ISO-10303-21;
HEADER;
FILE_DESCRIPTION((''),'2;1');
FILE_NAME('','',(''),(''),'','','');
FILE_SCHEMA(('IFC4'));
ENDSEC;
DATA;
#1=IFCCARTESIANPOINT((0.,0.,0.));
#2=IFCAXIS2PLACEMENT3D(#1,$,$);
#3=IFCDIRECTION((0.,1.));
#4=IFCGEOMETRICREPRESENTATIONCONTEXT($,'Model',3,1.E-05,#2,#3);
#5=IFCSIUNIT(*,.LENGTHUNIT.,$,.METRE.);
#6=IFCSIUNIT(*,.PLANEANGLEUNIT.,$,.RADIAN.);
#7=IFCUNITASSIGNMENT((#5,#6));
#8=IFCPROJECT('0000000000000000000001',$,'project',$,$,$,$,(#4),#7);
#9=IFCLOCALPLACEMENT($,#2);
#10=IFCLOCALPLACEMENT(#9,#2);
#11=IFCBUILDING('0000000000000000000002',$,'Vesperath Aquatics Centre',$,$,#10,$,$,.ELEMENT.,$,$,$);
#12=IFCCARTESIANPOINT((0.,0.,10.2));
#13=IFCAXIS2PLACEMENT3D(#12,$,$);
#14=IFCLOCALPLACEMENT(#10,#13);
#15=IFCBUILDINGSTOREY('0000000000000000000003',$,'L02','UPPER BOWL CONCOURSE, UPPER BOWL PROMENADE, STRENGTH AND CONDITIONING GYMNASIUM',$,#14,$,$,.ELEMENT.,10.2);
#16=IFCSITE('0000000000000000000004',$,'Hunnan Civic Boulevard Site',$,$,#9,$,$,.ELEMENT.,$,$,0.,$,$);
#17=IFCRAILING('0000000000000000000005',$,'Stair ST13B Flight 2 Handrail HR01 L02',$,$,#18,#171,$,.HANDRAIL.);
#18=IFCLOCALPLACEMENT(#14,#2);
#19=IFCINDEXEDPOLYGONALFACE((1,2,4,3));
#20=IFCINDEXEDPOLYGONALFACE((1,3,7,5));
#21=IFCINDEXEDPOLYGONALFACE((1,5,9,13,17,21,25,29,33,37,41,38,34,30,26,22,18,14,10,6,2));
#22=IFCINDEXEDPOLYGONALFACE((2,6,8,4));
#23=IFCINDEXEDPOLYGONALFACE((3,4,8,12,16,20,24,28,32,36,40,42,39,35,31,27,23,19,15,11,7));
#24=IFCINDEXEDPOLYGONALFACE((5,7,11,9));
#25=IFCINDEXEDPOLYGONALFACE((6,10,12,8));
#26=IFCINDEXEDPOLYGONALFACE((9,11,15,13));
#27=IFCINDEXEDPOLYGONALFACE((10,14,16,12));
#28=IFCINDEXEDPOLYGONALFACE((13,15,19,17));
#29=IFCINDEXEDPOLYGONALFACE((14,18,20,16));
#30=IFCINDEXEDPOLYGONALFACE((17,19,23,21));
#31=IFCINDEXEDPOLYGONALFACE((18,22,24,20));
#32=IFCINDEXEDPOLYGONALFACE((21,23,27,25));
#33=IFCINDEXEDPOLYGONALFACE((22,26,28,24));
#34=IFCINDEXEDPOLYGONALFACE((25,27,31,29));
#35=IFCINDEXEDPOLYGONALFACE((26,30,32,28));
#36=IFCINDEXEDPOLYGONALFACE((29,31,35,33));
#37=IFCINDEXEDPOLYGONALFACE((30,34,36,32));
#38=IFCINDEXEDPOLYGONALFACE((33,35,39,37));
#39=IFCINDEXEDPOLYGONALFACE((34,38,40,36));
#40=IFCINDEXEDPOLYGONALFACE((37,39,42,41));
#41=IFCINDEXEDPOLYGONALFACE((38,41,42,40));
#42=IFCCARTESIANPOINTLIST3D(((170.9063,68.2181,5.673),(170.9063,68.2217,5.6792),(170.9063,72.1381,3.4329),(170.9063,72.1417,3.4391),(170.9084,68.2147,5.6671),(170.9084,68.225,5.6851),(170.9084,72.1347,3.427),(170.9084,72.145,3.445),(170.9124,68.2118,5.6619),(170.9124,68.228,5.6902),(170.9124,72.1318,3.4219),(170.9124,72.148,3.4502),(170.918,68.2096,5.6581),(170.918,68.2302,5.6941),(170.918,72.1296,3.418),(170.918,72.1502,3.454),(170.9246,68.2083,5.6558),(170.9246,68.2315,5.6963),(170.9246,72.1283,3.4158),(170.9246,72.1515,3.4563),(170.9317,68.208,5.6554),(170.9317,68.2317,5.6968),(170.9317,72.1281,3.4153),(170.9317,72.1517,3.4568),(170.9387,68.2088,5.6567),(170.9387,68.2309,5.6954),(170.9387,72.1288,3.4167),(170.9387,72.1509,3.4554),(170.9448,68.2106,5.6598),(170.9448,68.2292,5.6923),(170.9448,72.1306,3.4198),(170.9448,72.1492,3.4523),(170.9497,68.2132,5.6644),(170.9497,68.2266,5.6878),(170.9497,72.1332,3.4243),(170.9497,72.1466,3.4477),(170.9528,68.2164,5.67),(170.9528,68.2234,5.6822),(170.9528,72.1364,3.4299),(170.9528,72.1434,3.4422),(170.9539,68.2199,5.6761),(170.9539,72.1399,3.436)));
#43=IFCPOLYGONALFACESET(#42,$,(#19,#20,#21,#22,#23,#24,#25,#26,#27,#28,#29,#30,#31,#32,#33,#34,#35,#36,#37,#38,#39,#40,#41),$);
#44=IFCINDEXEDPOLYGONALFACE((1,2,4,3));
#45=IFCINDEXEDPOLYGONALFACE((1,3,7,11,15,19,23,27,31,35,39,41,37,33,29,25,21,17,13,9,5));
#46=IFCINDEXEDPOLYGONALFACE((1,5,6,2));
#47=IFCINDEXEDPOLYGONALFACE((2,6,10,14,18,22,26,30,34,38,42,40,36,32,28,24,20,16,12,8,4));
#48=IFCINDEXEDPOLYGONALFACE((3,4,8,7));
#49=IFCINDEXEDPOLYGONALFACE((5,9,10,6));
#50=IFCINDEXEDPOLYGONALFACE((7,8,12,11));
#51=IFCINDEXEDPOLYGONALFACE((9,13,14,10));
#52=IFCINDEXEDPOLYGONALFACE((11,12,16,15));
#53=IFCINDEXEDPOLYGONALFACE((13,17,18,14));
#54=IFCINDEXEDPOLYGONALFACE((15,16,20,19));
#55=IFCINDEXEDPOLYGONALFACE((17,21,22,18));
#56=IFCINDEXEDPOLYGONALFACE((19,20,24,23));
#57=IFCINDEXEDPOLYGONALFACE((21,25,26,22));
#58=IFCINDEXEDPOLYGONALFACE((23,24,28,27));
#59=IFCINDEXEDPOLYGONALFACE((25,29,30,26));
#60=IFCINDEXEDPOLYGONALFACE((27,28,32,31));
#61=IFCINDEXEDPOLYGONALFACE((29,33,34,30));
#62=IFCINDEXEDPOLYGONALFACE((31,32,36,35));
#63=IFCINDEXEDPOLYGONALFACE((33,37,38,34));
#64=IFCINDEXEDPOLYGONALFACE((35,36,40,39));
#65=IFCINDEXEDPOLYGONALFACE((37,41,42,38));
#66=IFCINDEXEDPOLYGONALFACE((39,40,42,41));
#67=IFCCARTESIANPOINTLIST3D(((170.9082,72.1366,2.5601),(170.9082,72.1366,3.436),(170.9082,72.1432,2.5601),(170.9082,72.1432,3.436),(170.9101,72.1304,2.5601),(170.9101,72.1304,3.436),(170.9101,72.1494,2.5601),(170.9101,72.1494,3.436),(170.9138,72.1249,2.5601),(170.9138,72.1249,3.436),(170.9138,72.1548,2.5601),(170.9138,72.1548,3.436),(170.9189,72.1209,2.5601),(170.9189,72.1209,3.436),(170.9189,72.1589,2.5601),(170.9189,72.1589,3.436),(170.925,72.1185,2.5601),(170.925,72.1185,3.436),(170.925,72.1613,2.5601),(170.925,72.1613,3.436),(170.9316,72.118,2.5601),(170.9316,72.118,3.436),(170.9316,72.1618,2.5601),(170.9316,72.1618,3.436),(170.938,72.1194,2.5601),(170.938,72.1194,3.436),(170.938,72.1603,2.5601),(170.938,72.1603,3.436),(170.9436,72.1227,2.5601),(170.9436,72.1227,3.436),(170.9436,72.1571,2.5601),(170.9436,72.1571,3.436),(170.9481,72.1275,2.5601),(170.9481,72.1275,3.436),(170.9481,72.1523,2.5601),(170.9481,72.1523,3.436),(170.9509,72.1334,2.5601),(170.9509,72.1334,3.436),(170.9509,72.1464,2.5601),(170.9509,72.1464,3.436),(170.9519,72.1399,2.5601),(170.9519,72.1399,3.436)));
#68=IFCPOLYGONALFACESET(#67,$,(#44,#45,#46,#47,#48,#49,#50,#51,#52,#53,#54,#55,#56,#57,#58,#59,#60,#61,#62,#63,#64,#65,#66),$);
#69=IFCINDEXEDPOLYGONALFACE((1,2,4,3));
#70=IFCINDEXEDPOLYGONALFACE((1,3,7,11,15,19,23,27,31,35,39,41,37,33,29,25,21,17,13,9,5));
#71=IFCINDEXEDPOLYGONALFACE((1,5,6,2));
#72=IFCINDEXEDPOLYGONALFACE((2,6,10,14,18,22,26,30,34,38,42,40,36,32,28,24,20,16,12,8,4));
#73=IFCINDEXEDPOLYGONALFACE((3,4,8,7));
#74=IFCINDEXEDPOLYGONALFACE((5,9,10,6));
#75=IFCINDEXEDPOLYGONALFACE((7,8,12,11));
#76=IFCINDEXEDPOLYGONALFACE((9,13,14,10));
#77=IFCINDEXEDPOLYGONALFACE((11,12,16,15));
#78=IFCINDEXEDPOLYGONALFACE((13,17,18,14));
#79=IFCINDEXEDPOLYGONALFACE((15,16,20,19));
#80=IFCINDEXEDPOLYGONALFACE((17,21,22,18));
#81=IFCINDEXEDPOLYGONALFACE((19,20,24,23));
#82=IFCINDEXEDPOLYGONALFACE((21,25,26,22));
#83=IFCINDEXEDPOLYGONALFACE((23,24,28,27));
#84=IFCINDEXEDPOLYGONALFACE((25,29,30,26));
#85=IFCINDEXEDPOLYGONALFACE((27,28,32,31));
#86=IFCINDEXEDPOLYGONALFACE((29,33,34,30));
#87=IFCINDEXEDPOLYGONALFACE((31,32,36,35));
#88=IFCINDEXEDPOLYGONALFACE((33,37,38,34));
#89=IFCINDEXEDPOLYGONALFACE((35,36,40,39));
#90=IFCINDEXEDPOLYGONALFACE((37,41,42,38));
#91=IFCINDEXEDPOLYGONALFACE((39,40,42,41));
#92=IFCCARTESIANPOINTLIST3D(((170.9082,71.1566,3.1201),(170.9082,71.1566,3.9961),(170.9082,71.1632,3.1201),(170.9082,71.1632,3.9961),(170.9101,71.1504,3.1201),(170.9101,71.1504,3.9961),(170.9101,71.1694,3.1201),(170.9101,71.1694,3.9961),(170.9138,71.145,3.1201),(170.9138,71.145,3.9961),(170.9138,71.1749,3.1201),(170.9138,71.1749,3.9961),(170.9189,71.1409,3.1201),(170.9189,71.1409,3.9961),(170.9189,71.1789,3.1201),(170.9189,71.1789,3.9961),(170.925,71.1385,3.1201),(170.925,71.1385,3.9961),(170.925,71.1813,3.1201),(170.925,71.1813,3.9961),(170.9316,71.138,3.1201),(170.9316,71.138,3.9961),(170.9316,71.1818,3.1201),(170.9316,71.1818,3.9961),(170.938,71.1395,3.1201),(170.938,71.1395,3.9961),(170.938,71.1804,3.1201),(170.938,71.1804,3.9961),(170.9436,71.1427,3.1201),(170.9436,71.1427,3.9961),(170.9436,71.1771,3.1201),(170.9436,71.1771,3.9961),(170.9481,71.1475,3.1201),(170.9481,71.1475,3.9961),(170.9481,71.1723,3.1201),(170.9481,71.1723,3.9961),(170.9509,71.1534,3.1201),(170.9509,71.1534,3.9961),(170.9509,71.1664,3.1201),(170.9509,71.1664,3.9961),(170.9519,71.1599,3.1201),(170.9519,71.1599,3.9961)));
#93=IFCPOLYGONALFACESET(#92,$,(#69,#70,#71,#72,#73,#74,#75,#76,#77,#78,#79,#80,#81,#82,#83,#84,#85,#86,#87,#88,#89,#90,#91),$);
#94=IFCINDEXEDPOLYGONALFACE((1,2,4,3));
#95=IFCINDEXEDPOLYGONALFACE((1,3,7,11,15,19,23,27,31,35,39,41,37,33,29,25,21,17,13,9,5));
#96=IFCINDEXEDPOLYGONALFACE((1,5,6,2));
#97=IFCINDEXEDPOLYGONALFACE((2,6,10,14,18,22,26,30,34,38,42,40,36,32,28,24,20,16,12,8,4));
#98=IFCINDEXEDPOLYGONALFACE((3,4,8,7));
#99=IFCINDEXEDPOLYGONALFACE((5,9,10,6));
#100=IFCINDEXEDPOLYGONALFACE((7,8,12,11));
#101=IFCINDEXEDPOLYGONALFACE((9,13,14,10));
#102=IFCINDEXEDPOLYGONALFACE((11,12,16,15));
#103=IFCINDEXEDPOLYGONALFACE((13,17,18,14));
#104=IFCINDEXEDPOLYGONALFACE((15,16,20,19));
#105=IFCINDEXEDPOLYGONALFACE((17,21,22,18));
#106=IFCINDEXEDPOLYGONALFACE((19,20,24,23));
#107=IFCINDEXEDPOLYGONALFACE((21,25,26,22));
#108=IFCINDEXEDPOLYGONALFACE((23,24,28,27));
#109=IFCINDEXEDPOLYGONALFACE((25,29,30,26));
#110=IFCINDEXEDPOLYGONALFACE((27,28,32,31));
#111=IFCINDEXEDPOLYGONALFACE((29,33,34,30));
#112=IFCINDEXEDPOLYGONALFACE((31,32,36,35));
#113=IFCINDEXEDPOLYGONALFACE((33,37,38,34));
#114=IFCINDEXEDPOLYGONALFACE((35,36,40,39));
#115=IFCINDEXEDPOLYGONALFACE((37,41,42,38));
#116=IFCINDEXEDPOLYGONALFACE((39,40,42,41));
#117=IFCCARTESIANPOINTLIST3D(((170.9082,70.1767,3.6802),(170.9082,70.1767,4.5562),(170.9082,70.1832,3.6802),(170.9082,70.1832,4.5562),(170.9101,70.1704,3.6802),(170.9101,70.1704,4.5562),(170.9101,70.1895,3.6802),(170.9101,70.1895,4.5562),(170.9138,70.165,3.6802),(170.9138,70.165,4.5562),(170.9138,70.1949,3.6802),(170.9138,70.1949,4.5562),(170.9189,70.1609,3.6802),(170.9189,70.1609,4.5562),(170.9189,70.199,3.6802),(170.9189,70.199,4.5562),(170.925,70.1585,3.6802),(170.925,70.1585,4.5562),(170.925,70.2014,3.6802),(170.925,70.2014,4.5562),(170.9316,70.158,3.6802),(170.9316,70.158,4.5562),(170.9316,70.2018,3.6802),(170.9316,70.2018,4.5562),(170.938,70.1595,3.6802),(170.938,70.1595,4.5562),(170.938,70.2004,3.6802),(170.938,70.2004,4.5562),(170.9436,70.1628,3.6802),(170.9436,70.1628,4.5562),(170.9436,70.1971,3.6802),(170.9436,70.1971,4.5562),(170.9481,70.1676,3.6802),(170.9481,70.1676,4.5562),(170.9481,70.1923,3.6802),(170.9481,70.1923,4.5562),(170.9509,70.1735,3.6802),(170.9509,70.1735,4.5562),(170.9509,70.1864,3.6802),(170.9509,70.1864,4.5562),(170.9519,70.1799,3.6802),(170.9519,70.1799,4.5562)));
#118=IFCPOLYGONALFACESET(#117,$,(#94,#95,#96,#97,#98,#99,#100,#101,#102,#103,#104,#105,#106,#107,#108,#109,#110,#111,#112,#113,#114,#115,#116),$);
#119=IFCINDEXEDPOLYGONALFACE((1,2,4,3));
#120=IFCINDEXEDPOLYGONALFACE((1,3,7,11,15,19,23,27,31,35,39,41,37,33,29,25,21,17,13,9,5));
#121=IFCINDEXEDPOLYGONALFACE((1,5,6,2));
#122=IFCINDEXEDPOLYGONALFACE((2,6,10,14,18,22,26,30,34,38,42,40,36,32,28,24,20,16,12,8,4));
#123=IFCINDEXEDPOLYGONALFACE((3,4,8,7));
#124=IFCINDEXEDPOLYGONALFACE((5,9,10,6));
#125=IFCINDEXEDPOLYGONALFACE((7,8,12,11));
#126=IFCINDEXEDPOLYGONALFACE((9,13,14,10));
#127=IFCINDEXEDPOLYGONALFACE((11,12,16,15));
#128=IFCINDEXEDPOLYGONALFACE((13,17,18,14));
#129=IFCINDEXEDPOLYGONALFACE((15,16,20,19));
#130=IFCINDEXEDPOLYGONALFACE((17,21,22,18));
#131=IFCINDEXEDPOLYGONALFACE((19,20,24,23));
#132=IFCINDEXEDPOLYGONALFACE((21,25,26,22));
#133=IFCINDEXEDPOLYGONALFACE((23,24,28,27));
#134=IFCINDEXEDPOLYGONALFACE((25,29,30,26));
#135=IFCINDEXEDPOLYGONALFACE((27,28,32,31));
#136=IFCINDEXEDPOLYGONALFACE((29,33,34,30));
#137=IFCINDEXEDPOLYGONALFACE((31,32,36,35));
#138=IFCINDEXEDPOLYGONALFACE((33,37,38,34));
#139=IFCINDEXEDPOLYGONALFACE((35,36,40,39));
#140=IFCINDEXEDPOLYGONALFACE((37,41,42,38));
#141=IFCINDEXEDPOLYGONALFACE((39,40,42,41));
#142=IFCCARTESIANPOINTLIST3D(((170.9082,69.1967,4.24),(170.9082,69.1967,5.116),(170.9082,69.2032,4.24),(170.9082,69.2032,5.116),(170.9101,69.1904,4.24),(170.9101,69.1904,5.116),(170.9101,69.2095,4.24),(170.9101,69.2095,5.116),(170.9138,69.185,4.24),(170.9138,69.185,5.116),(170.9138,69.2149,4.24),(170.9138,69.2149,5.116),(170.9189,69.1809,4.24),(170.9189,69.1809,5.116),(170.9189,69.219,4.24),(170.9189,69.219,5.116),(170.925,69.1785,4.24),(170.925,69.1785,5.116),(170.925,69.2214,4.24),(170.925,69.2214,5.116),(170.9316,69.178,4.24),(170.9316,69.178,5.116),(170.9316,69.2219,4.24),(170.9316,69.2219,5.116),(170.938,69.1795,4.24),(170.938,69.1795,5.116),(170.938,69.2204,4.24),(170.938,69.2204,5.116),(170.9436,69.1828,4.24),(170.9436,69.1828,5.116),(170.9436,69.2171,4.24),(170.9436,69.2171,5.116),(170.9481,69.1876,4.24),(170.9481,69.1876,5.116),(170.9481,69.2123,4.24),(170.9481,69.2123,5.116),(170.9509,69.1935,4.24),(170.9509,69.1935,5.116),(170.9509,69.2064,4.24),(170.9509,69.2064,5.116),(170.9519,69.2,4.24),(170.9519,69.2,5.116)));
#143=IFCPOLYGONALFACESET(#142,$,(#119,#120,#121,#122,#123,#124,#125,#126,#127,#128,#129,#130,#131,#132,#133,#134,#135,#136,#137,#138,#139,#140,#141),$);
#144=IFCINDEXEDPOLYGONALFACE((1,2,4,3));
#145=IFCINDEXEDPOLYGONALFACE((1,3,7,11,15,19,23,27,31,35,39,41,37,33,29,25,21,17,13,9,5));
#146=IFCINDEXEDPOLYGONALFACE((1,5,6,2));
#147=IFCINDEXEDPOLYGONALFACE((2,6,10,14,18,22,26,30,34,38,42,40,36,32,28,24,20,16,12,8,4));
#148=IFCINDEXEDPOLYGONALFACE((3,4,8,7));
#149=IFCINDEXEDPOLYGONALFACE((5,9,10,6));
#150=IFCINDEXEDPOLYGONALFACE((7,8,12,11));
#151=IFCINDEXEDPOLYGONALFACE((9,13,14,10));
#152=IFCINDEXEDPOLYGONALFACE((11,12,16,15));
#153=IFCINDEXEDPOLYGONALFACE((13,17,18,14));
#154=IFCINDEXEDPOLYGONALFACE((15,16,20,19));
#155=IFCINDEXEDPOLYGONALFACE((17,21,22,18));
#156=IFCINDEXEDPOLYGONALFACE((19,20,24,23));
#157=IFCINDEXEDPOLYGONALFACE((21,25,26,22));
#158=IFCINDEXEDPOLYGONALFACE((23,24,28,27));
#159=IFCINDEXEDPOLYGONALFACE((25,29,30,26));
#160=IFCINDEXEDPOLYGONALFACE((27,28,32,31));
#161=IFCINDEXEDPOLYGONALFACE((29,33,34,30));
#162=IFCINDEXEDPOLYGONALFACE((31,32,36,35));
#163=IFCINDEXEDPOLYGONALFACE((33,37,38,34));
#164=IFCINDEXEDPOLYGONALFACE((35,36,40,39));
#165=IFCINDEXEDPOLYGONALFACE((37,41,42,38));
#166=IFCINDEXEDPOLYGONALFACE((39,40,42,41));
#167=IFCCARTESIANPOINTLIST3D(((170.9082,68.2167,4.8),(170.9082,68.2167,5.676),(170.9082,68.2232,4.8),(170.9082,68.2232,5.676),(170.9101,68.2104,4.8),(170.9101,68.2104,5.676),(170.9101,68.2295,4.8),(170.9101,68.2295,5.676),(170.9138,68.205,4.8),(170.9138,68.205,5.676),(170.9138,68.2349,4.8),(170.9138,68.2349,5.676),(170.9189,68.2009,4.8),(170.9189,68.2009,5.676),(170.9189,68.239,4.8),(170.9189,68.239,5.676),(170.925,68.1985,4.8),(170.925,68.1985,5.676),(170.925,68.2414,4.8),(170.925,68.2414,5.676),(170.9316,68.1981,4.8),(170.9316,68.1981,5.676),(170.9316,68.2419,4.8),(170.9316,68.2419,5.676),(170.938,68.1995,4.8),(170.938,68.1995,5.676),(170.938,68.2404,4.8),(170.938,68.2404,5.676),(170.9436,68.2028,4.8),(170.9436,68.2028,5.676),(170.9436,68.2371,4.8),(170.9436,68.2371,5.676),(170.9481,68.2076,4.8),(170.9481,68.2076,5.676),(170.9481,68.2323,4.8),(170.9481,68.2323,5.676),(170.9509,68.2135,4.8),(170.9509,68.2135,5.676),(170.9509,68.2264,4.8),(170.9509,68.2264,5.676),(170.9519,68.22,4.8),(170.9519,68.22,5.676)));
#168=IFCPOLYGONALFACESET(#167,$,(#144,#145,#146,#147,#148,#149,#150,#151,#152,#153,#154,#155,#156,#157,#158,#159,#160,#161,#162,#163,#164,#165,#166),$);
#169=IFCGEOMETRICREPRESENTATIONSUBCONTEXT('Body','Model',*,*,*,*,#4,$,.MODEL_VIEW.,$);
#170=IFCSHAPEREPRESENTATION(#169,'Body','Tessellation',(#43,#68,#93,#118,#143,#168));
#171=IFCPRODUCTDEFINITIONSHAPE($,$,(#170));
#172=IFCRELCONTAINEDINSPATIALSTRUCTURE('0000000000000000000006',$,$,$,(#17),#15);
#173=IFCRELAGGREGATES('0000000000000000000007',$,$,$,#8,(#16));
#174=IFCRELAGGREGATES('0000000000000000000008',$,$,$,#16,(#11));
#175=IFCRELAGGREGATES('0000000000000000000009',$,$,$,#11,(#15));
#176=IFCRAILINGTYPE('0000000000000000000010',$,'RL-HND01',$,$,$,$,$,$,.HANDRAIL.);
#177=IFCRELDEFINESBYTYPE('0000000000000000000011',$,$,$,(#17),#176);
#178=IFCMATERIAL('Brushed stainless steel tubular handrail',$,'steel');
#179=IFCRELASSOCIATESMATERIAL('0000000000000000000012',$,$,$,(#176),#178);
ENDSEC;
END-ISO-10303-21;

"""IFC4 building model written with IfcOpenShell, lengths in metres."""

from ifc_helpers import new_model, si_unit, direction, frame, origin, origin_2d, place, context, subcontext, project, spatial, circle, extrude, material, type_object, element, save


model = new_model("IFC4")

# Units and contexts
model_context = context("Model", 3, precision=1e-05, world=origin(), true_north=direction((0.0, 1.0)))
body_context = subcontext(model_context, "Body", "Model", "MODEL_VIEW")
ifc_project = project(units=[si_unit("LENGTHUNIT", "METRE"), si_unit("PLANEANGLEUNIT", "RADIAN")], contexts=[model_context])

# Site, building, storey
site_placement = place(None, origin())
site = spatial("IfcSite", under=ifc_project, at=site_placement, Name="Hunnan Civic Boulevard Site", CompositionType="ELEMENT", RefElevation=0.0)
building_placement = place(site_placement, origin())
building = spatial("IfcBuilding", under=site, at=building_placement, Name="Vesperath Aquatics Centre", CompositionType="ELEMENT")
storey_placement = place(building_placement, frame((0.0, 0.0, 10.2)))
storey = spatial("IfcBuildingStorey", under=building, at=storey_placement, Name="L02", Description="UPPER BOWL CONCOURSE, UPPER BOWL PROMENADE, STRENGTH AND CONDITIONING GYMNASIUM", CompositionType="ELEMENT", Elevation=10.2)

# Railing
ifc_material_1 = material(Name="Brushed stainless steel tubular handrail", Category="steel")
railing_type_1 = type_object("IfcRailingType", Name="RL-HND01", PredefinedType="HANDRAIL", material=ifc_material_1)
railing_1_placement = place(storey_placement, frame((170.9299, 72.1399, 2.5601)))
element("IfcRailing", 1, at=railing_1_placement, inside=storey, type_object=railing_type_1, Name="Stair ST13B Flight 2 Handrail HR01 L02", PredefinedType="HANDRAIL", context=body_context, shape_type="SweptSolid", body=[
    extrude(circle(Radius=0.0239, at=origin_2d()), frame((0.0, 0.0, 0.876), z_axis=(0.0, -0.86824, 0.496145), x_axis=(1.0, 0.0, 0.0)), (0.0, 0.0, 1.0), 4.5149),
    extrude(circle(Radius=0.022, at=origin_2d()), origin(), (0.0, 0.0, 1.0), 0.876),
    extrude(circle(Radius=0.022, at=origin_2d()), frame((0.0, -0.98, 0.5601)), (0.0, 0.0, 1.0), 0.876),
    extrude(circle(Radius=0.022, at=origin_2d()), frame((0.0, -1.96, 1.1201)), (0.0, 0.0, 1.0), 0.876),
    extrude(circle(Radius=0.022, at=origin_2d()), frame((0.0, -2.9399, 1.6799)), (0.0, 0.0, 1.0), 0.876),
    extrude(circle(Radius=0.022, at=origin_2d()), frame((0.0, -3.9199, 2.24)), (0.0, 0.0, 1.0), 0.876),
])

save(model, "model.ifc")
